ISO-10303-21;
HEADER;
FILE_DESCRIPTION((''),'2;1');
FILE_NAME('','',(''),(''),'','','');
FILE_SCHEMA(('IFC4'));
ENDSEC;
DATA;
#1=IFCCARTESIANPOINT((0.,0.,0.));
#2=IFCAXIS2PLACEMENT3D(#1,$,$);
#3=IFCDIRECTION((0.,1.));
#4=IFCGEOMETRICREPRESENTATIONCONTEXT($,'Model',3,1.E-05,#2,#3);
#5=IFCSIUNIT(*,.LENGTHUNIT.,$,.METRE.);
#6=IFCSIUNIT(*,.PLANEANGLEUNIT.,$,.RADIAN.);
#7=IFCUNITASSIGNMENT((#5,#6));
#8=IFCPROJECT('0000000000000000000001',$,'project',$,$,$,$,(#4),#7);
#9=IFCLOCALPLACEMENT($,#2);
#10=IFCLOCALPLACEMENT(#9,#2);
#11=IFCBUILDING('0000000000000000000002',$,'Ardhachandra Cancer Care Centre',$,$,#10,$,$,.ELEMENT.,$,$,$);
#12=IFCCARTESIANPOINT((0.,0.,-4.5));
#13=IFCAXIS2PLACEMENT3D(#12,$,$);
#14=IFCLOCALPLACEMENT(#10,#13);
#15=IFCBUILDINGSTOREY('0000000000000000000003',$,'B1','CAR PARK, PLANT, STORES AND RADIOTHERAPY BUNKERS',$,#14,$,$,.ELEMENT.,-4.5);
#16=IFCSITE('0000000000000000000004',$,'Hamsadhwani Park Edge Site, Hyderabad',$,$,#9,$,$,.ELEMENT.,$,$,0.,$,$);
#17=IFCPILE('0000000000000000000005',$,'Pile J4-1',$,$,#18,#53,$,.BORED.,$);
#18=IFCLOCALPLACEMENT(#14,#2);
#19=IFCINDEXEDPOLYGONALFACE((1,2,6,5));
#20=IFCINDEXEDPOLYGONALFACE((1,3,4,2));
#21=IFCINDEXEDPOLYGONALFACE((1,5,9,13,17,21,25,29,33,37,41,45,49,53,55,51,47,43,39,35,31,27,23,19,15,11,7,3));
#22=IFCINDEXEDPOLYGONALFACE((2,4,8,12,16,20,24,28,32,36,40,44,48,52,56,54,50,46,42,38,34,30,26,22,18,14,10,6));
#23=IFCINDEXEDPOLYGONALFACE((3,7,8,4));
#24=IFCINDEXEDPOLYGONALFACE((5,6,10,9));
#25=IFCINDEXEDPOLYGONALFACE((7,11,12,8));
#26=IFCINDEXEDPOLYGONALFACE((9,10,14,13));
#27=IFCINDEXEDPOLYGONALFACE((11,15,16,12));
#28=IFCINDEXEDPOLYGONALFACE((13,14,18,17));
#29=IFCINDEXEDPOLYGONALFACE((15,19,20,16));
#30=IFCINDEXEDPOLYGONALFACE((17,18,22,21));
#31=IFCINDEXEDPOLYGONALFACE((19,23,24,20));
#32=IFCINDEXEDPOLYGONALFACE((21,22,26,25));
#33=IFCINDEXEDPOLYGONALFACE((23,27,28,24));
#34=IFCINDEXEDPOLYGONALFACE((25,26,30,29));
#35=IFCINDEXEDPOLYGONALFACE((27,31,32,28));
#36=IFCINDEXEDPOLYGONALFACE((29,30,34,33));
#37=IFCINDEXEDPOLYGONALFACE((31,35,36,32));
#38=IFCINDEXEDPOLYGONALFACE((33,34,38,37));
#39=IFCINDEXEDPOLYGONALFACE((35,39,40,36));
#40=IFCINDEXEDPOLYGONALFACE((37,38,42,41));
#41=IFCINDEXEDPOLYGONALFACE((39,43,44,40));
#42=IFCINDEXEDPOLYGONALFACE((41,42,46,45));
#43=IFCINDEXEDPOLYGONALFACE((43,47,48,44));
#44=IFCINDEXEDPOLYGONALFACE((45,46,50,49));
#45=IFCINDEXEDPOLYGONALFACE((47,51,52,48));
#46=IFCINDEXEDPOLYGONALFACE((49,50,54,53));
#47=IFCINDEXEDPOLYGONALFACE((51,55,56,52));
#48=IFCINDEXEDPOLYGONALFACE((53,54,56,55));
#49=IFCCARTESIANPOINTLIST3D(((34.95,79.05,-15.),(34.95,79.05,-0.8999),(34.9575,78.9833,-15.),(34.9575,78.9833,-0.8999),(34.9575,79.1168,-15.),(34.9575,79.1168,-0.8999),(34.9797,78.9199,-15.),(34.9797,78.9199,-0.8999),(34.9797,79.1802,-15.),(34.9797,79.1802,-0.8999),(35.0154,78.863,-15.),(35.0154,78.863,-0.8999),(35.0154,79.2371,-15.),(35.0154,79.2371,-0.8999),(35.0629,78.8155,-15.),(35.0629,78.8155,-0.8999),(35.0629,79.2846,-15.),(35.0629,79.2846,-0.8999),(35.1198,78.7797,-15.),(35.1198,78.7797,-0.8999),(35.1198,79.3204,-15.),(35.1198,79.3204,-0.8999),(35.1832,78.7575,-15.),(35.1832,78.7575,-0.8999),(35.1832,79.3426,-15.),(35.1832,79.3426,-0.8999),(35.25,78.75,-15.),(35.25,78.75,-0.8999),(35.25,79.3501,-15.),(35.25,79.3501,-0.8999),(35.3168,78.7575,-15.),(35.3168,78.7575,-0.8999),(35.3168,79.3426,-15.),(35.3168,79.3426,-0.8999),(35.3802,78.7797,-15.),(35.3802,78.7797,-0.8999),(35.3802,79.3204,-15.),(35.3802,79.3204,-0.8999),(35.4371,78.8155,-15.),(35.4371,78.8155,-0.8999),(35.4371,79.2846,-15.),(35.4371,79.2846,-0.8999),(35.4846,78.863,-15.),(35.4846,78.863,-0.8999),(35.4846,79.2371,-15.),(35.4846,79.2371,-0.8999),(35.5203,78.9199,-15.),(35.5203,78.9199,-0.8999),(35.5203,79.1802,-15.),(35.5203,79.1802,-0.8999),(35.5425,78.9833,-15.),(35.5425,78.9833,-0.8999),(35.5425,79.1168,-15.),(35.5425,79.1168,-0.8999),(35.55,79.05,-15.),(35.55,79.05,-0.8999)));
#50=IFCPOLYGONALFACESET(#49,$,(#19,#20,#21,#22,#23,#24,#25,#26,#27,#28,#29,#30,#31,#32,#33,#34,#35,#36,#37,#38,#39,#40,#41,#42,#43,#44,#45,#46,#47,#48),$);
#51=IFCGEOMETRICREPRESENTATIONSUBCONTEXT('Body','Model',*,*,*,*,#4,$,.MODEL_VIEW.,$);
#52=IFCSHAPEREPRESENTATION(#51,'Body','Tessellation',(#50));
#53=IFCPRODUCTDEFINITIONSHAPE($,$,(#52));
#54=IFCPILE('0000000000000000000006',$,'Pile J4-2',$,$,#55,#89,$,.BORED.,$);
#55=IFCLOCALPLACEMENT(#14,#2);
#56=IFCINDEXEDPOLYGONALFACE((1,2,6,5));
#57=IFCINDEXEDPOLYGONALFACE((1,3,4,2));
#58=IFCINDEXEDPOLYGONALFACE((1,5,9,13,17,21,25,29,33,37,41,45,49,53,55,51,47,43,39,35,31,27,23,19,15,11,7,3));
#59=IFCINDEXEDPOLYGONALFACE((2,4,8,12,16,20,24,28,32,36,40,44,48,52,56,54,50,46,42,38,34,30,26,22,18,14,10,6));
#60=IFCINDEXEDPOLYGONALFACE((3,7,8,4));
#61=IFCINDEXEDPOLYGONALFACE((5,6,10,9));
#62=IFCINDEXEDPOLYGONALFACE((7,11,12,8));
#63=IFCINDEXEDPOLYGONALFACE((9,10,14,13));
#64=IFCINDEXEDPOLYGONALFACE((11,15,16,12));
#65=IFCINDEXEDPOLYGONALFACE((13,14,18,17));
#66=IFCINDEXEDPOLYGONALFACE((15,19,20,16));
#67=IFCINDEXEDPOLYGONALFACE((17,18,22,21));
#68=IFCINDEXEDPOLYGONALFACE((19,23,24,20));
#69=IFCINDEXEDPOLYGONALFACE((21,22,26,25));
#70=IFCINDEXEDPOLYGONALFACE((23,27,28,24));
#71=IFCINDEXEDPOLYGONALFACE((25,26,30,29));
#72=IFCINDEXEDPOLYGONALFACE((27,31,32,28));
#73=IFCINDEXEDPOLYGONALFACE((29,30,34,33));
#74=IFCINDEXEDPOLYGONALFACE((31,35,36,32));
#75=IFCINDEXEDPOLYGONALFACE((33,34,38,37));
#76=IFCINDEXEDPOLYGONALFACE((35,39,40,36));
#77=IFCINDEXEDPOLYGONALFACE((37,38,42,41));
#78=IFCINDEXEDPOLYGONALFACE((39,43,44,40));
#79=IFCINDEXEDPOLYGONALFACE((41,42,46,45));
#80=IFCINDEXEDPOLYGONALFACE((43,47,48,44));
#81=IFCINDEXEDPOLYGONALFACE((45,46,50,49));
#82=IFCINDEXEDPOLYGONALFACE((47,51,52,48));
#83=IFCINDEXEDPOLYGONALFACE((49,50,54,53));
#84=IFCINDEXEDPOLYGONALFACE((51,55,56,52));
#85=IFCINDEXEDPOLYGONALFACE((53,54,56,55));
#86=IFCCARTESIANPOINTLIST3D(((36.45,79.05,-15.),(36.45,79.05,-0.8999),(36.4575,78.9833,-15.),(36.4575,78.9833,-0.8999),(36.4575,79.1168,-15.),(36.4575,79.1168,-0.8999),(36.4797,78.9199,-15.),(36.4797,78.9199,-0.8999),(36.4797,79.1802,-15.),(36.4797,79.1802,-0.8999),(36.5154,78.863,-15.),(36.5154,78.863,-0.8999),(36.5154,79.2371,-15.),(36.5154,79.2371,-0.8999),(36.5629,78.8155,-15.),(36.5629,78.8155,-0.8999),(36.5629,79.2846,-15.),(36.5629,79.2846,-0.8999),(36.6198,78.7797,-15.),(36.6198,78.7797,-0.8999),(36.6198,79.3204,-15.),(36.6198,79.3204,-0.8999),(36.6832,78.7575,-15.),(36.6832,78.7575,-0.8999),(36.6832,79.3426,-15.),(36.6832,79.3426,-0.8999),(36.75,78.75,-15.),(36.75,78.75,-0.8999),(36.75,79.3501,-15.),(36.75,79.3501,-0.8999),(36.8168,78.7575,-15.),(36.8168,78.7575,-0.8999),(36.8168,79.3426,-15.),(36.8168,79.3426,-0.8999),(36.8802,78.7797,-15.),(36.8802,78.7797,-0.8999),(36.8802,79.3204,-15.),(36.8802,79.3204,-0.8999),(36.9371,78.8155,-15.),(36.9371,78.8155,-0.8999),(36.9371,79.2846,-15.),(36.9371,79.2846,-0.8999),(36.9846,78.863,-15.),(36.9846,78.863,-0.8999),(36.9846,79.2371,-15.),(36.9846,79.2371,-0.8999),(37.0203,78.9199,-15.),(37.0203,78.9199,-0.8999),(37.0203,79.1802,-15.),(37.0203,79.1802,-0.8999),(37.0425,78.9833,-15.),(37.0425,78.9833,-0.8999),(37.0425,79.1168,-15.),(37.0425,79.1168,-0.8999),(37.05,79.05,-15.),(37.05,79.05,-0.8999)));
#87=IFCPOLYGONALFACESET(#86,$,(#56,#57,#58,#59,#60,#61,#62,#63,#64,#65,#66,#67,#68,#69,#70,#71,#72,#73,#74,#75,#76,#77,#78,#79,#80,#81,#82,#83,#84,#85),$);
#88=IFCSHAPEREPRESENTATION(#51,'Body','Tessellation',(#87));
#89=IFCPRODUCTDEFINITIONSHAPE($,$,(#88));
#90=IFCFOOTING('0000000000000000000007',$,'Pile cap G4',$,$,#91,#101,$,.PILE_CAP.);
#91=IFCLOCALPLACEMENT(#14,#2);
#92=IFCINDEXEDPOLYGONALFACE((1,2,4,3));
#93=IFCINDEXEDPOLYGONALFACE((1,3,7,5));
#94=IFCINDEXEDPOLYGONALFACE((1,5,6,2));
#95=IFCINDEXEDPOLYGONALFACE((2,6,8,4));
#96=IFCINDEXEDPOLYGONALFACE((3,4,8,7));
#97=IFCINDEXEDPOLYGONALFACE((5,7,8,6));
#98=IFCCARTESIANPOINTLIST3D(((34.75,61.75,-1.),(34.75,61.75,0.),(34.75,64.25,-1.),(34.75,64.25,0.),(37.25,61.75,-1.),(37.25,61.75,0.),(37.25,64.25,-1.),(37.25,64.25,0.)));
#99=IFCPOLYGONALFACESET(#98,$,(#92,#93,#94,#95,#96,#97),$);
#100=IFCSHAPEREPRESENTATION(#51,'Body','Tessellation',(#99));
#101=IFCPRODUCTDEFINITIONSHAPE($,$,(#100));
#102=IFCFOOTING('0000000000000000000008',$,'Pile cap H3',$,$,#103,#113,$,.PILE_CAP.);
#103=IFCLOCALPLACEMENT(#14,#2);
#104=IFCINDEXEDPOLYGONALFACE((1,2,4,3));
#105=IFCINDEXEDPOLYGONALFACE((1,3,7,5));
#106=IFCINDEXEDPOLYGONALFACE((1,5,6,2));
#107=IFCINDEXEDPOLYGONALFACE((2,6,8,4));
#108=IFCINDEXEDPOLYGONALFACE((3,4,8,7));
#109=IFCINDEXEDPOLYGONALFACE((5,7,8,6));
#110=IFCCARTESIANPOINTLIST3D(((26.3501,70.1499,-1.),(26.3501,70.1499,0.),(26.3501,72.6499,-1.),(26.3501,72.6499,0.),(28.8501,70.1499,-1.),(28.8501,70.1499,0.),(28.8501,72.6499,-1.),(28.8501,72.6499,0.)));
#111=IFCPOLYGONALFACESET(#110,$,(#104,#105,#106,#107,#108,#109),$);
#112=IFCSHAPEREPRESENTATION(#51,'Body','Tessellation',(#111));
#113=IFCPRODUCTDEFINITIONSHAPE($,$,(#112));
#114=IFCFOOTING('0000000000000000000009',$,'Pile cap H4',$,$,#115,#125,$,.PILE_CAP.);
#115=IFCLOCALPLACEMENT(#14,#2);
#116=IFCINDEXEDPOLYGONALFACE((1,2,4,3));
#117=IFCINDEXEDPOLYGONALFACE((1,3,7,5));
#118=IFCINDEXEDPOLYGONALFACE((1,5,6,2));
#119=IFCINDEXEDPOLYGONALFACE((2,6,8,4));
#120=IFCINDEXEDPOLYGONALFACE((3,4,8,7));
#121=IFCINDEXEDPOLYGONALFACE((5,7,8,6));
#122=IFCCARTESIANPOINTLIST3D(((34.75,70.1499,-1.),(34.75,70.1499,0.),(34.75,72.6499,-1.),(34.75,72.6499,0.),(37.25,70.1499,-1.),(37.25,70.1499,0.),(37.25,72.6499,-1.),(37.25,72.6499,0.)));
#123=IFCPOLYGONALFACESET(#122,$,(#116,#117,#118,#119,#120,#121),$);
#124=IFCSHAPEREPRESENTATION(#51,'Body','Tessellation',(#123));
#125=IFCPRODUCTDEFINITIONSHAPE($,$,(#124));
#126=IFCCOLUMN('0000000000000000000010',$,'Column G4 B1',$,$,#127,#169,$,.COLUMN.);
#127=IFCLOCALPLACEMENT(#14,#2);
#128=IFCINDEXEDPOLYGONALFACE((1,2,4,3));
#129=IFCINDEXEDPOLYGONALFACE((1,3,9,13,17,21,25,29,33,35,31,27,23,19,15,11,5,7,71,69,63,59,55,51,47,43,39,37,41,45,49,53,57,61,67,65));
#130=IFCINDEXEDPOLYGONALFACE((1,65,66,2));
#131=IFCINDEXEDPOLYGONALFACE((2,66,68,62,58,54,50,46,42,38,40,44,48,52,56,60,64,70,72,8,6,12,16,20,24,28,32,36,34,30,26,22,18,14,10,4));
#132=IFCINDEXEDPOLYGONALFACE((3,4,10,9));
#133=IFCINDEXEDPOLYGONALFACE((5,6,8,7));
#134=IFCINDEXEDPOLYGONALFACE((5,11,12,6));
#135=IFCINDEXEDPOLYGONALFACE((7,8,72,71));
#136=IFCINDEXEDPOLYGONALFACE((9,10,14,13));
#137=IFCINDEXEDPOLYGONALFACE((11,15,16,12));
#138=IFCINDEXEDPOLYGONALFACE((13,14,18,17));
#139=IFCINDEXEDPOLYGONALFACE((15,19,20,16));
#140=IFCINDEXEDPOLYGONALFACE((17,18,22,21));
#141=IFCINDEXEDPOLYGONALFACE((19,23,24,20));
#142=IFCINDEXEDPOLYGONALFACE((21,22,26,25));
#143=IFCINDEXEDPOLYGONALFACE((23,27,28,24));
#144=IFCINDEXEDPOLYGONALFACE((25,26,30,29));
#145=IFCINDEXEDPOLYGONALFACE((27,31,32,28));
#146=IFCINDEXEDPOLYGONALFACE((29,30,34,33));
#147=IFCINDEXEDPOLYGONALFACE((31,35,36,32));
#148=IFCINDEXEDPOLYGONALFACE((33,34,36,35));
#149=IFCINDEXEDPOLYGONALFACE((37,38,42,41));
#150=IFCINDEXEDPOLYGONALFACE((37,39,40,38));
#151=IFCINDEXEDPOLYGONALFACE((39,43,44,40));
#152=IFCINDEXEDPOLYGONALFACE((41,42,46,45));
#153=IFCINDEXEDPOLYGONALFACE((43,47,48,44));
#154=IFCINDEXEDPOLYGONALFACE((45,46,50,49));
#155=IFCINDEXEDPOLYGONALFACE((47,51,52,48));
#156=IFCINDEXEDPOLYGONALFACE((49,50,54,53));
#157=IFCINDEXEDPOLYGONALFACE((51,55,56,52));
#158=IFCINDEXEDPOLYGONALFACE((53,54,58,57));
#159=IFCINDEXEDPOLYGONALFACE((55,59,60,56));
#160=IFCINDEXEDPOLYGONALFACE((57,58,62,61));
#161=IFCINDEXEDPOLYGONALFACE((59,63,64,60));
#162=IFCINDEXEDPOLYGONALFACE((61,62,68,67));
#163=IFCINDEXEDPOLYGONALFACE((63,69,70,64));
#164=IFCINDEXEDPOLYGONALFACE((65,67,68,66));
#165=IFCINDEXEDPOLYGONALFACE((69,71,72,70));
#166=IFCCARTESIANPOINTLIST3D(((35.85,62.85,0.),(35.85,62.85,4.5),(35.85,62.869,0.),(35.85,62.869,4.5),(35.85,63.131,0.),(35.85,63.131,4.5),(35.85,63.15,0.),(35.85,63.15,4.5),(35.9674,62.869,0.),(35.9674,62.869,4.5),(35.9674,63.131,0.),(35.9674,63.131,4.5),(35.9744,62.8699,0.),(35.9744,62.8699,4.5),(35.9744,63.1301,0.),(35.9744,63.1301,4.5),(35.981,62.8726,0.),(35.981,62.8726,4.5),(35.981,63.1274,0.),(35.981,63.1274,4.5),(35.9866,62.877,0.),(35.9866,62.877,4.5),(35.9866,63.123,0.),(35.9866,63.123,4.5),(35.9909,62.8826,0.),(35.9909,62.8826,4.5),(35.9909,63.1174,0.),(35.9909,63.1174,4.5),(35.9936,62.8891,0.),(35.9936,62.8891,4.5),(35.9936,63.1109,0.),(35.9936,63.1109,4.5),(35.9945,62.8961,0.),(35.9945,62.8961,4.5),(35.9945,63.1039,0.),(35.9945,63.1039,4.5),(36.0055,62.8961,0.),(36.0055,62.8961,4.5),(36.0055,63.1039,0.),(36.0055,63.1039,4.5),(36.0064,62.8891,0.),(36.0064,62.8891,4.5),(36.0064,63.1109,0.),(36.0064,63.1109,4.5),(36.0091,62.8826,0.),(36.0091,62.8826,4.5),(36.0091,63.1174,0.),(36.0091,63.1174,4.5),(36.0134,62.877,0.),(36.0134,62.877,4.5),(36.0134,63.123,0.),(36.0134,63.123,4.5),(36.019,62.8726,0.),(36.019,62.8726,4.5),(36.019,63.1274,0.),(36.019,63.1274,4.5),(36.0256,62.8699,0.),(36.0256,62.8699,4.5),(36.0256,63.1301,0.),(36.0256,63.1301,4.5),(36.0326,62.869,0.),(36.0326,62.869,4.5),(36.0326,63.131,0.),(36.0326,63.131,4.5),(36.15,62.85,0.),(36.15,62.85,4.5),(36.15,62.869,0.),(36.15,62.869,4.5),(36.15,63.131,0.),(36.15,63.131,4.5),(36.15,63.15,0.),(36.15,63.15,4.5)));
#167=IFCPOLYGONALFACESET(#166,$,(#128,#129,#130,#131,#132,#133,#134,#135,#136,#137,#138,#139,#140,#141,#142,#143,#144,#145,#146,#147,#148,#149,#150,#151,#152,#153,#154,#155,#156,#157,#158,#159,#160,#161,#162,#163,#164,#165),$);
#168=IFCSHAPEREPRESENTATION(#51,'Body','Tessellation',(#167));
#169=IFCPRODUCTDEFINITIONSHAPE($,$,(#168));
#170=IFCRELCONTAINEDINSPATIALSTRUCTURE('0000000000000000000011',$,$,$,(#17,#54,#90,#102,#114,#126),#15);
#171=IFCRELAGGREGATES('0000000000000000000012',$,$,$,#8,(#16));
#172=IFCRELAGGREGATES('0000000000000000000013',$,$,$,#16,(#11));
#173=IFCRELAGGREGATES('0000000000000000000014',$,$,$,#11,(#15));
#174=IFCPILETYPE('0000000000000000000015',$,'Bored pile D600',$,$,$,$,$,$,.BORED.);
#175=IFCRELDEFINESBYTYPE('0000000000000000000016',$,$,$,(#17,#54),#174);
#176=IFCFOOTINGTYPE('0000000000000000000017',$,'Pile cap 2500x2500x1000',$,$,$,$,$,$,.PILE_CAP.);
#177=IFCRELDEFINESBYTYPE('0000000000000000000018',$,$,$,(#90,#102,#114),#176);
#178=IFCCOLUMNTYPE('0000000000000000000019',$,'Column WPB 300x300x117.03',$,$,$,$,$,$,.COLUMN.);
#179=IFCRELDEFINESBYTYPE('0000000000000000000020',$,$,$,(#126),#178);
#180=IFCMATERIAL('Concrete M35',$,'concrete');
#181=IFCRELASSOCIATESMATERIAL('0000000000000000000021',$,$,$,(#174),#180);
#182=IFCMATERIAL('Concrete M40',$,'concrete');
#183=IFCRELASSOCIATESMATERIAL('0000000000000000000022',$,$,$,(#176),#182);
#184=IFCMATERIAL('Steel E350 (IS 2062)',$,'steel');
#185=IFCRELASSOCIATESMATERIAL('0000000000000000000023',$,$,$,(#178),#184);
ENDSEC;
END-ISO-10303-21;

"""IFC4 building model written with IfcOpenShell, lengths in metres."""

from ifc_helpers import new_model, si_unit, direction, frame, origin, origin_2d, place, context, subcontext, project, spatial, rectangle, circle, i_section, extrude, material, material_profile, profile_set, type_object, element, save


model = new_model("IFC4")

# Units and contexts
model_context = context("Model", 3, precision=1e-05, world=origin(), true_north=direction((0.0, 1.0)))
body_context = subcontext(model_context, "Body", "Model", "MODEL_VIEW")
ifc_project = project(units=[si_unit("LENGTHUNIT", "METRE"), si_unit("PLANEANGLEUNIT", "RADIAN")], contexts=[model_context])

# Site, building, storey
site_placement = place(None, origin())
site = spatial("IfcSite", under=ifc_project, at=site_placement, Name="Hamsadhwani Park Edge Site, Hyderabad", CompositionType="ELEMENT", RefElevation=0.0)
building_placement = place(site_placement, origin())
building = spatial("IfcBuilding", under=site, at=building_placement, Name="Ardhachandra Cancer Care Centre", CompositionType="ELEMENT")
storey_placement = place(building_placement, frame((0.0, 0.0, -4.5)))
storey = spatial("IfcBuildingStorey", under=building, at=storey_placement, Name="B1", Description="CAR PARK, PLANT, STORES AND RADIOTHERAPY BUNKERS", CompositionType="ELEMENT", Elevation=-4.5)

# Piles
ifc_material_1 = material(Name="Concrete M35", Category="concrete")
ifc_material_profile_1 = material_profile(ifc_material_1, circle(Radius=0.3, at=origin_2d()), Name="D600")
ifc_profile_set_1 = profile_set([ifc_material_profile_1], Name="Concrete M35")
pile_type = type_object("IfcPileType", Name="Bored pile D600", PredefinedType="BORED", material=ifc_profile_set_1)
for number, where, z_axis, x_axis, name in (
    (1, (35.25, 79.05, -0.8999), (0.0, 0.0, -1.0), (1.0, 0.0, 0.0), "Pile J4-1"),
    (2, (36.75, 79.05, -0.8999), (0.0, 0.0, -1.0), (1.0, 0.0, 0.0), "Pile J4-2"),
):
    element("IfcPile", number, at=place(storey_placement, frame(where, z_axis=z_axis, x_axis=x_axis)), inside=storey, type_object=pile_type, Name=name, PredefinedType="BORED", context=body_context, shape_type="SweptSolid", body=[
        extrude(circle(Radius=0.3, at=origin_2d()), origin(), (0.0, 0.0, 1.0), 14.1001),
    ])

# Footings
ifc_material_2 = material(Name="Concrete M40", Category="concrete")
footing_type = type_object("IfcFootingType", Name="Pile cap 2500x2500x1000", PredefinedType="PILE_CAP", material=ifc_material_2)
for number, where, z_axis, x_axis, name in (
    (3, (36.0, 63.0, -1.0), (0.0, 0.0, 1.0), (1.0, 0.0, 0.0), "Pile cap G4"),
    (4, (27.6001, 71.3999, -1.0), (0.0, 0.0, 1.0), (1.0, 0.0, 0.0), "Pile cap H3"),
    (5, (36.0, 71.3999, -1.0), (0.0, 0.0, 1.0), (1.0, 0.0, 0.0), "Pile cap H4"),
):
    element("IfcFooting", number, at=place(storey_placement, frame(where, z_axis=z_axis, x_axis=x_axis)), inside=storey, type_object=footing_type, Name=name, PredefinedType="PILE_CAP", context=body_context, shape_type="SweptSolid", body=[
        extrude(rectangle(XDim=2.5, YDim=2.5, at=origin_2d()), origin(), (0.0, 0.0, 1.0), 1.0),
    ])

# Column
ifc_material_3 = material(Name="Steel E350 (IS 2062)", Category="steel")
ifc_material_profile_2 = material_profile(ifc_material_3, i_section(OverallWidth=0.3, OverallDepth=0.3, WebThickness=0.011, FlangeThickness=0.019, FilletRadius=0.0271, at=origin_2d()), Name="WPB 300x300x117.03")
ifc_profile_set_2 = profile_set([ifc_material_profile_2], Name="Steel E350 (IS 2062)")
column_type_1 = type_object("IfcColumnType", Name="Column WPB 300x300x117.03", PredefinedType="COLUMN", material=ifc_profile_set_2)
column_placement = place(storey_placement, frame((36.0, 63.0, 0.0), z_axis=(0.0, 0.0, 1.0), x_axis=(1.0, 0.0, 0.0)))
element("IfcColumn", 6, at=column_placement, inside=storey, type_object=column_type_1, Name="Column G4 B1", PredefinedType="COLUMN", context=body_context, shape_type="SweptSolid", body=[
    extrude(i_section(OverallWidth=0.3, OverallDepth=0.3, WebThickness=0.011, FlangeThickness=0.019, FilletRadius=0.0271, at=origin_2d()), origin(), (0.0, 0.0, 1.0), 4.5),
])

save(model, "model.ifc")
